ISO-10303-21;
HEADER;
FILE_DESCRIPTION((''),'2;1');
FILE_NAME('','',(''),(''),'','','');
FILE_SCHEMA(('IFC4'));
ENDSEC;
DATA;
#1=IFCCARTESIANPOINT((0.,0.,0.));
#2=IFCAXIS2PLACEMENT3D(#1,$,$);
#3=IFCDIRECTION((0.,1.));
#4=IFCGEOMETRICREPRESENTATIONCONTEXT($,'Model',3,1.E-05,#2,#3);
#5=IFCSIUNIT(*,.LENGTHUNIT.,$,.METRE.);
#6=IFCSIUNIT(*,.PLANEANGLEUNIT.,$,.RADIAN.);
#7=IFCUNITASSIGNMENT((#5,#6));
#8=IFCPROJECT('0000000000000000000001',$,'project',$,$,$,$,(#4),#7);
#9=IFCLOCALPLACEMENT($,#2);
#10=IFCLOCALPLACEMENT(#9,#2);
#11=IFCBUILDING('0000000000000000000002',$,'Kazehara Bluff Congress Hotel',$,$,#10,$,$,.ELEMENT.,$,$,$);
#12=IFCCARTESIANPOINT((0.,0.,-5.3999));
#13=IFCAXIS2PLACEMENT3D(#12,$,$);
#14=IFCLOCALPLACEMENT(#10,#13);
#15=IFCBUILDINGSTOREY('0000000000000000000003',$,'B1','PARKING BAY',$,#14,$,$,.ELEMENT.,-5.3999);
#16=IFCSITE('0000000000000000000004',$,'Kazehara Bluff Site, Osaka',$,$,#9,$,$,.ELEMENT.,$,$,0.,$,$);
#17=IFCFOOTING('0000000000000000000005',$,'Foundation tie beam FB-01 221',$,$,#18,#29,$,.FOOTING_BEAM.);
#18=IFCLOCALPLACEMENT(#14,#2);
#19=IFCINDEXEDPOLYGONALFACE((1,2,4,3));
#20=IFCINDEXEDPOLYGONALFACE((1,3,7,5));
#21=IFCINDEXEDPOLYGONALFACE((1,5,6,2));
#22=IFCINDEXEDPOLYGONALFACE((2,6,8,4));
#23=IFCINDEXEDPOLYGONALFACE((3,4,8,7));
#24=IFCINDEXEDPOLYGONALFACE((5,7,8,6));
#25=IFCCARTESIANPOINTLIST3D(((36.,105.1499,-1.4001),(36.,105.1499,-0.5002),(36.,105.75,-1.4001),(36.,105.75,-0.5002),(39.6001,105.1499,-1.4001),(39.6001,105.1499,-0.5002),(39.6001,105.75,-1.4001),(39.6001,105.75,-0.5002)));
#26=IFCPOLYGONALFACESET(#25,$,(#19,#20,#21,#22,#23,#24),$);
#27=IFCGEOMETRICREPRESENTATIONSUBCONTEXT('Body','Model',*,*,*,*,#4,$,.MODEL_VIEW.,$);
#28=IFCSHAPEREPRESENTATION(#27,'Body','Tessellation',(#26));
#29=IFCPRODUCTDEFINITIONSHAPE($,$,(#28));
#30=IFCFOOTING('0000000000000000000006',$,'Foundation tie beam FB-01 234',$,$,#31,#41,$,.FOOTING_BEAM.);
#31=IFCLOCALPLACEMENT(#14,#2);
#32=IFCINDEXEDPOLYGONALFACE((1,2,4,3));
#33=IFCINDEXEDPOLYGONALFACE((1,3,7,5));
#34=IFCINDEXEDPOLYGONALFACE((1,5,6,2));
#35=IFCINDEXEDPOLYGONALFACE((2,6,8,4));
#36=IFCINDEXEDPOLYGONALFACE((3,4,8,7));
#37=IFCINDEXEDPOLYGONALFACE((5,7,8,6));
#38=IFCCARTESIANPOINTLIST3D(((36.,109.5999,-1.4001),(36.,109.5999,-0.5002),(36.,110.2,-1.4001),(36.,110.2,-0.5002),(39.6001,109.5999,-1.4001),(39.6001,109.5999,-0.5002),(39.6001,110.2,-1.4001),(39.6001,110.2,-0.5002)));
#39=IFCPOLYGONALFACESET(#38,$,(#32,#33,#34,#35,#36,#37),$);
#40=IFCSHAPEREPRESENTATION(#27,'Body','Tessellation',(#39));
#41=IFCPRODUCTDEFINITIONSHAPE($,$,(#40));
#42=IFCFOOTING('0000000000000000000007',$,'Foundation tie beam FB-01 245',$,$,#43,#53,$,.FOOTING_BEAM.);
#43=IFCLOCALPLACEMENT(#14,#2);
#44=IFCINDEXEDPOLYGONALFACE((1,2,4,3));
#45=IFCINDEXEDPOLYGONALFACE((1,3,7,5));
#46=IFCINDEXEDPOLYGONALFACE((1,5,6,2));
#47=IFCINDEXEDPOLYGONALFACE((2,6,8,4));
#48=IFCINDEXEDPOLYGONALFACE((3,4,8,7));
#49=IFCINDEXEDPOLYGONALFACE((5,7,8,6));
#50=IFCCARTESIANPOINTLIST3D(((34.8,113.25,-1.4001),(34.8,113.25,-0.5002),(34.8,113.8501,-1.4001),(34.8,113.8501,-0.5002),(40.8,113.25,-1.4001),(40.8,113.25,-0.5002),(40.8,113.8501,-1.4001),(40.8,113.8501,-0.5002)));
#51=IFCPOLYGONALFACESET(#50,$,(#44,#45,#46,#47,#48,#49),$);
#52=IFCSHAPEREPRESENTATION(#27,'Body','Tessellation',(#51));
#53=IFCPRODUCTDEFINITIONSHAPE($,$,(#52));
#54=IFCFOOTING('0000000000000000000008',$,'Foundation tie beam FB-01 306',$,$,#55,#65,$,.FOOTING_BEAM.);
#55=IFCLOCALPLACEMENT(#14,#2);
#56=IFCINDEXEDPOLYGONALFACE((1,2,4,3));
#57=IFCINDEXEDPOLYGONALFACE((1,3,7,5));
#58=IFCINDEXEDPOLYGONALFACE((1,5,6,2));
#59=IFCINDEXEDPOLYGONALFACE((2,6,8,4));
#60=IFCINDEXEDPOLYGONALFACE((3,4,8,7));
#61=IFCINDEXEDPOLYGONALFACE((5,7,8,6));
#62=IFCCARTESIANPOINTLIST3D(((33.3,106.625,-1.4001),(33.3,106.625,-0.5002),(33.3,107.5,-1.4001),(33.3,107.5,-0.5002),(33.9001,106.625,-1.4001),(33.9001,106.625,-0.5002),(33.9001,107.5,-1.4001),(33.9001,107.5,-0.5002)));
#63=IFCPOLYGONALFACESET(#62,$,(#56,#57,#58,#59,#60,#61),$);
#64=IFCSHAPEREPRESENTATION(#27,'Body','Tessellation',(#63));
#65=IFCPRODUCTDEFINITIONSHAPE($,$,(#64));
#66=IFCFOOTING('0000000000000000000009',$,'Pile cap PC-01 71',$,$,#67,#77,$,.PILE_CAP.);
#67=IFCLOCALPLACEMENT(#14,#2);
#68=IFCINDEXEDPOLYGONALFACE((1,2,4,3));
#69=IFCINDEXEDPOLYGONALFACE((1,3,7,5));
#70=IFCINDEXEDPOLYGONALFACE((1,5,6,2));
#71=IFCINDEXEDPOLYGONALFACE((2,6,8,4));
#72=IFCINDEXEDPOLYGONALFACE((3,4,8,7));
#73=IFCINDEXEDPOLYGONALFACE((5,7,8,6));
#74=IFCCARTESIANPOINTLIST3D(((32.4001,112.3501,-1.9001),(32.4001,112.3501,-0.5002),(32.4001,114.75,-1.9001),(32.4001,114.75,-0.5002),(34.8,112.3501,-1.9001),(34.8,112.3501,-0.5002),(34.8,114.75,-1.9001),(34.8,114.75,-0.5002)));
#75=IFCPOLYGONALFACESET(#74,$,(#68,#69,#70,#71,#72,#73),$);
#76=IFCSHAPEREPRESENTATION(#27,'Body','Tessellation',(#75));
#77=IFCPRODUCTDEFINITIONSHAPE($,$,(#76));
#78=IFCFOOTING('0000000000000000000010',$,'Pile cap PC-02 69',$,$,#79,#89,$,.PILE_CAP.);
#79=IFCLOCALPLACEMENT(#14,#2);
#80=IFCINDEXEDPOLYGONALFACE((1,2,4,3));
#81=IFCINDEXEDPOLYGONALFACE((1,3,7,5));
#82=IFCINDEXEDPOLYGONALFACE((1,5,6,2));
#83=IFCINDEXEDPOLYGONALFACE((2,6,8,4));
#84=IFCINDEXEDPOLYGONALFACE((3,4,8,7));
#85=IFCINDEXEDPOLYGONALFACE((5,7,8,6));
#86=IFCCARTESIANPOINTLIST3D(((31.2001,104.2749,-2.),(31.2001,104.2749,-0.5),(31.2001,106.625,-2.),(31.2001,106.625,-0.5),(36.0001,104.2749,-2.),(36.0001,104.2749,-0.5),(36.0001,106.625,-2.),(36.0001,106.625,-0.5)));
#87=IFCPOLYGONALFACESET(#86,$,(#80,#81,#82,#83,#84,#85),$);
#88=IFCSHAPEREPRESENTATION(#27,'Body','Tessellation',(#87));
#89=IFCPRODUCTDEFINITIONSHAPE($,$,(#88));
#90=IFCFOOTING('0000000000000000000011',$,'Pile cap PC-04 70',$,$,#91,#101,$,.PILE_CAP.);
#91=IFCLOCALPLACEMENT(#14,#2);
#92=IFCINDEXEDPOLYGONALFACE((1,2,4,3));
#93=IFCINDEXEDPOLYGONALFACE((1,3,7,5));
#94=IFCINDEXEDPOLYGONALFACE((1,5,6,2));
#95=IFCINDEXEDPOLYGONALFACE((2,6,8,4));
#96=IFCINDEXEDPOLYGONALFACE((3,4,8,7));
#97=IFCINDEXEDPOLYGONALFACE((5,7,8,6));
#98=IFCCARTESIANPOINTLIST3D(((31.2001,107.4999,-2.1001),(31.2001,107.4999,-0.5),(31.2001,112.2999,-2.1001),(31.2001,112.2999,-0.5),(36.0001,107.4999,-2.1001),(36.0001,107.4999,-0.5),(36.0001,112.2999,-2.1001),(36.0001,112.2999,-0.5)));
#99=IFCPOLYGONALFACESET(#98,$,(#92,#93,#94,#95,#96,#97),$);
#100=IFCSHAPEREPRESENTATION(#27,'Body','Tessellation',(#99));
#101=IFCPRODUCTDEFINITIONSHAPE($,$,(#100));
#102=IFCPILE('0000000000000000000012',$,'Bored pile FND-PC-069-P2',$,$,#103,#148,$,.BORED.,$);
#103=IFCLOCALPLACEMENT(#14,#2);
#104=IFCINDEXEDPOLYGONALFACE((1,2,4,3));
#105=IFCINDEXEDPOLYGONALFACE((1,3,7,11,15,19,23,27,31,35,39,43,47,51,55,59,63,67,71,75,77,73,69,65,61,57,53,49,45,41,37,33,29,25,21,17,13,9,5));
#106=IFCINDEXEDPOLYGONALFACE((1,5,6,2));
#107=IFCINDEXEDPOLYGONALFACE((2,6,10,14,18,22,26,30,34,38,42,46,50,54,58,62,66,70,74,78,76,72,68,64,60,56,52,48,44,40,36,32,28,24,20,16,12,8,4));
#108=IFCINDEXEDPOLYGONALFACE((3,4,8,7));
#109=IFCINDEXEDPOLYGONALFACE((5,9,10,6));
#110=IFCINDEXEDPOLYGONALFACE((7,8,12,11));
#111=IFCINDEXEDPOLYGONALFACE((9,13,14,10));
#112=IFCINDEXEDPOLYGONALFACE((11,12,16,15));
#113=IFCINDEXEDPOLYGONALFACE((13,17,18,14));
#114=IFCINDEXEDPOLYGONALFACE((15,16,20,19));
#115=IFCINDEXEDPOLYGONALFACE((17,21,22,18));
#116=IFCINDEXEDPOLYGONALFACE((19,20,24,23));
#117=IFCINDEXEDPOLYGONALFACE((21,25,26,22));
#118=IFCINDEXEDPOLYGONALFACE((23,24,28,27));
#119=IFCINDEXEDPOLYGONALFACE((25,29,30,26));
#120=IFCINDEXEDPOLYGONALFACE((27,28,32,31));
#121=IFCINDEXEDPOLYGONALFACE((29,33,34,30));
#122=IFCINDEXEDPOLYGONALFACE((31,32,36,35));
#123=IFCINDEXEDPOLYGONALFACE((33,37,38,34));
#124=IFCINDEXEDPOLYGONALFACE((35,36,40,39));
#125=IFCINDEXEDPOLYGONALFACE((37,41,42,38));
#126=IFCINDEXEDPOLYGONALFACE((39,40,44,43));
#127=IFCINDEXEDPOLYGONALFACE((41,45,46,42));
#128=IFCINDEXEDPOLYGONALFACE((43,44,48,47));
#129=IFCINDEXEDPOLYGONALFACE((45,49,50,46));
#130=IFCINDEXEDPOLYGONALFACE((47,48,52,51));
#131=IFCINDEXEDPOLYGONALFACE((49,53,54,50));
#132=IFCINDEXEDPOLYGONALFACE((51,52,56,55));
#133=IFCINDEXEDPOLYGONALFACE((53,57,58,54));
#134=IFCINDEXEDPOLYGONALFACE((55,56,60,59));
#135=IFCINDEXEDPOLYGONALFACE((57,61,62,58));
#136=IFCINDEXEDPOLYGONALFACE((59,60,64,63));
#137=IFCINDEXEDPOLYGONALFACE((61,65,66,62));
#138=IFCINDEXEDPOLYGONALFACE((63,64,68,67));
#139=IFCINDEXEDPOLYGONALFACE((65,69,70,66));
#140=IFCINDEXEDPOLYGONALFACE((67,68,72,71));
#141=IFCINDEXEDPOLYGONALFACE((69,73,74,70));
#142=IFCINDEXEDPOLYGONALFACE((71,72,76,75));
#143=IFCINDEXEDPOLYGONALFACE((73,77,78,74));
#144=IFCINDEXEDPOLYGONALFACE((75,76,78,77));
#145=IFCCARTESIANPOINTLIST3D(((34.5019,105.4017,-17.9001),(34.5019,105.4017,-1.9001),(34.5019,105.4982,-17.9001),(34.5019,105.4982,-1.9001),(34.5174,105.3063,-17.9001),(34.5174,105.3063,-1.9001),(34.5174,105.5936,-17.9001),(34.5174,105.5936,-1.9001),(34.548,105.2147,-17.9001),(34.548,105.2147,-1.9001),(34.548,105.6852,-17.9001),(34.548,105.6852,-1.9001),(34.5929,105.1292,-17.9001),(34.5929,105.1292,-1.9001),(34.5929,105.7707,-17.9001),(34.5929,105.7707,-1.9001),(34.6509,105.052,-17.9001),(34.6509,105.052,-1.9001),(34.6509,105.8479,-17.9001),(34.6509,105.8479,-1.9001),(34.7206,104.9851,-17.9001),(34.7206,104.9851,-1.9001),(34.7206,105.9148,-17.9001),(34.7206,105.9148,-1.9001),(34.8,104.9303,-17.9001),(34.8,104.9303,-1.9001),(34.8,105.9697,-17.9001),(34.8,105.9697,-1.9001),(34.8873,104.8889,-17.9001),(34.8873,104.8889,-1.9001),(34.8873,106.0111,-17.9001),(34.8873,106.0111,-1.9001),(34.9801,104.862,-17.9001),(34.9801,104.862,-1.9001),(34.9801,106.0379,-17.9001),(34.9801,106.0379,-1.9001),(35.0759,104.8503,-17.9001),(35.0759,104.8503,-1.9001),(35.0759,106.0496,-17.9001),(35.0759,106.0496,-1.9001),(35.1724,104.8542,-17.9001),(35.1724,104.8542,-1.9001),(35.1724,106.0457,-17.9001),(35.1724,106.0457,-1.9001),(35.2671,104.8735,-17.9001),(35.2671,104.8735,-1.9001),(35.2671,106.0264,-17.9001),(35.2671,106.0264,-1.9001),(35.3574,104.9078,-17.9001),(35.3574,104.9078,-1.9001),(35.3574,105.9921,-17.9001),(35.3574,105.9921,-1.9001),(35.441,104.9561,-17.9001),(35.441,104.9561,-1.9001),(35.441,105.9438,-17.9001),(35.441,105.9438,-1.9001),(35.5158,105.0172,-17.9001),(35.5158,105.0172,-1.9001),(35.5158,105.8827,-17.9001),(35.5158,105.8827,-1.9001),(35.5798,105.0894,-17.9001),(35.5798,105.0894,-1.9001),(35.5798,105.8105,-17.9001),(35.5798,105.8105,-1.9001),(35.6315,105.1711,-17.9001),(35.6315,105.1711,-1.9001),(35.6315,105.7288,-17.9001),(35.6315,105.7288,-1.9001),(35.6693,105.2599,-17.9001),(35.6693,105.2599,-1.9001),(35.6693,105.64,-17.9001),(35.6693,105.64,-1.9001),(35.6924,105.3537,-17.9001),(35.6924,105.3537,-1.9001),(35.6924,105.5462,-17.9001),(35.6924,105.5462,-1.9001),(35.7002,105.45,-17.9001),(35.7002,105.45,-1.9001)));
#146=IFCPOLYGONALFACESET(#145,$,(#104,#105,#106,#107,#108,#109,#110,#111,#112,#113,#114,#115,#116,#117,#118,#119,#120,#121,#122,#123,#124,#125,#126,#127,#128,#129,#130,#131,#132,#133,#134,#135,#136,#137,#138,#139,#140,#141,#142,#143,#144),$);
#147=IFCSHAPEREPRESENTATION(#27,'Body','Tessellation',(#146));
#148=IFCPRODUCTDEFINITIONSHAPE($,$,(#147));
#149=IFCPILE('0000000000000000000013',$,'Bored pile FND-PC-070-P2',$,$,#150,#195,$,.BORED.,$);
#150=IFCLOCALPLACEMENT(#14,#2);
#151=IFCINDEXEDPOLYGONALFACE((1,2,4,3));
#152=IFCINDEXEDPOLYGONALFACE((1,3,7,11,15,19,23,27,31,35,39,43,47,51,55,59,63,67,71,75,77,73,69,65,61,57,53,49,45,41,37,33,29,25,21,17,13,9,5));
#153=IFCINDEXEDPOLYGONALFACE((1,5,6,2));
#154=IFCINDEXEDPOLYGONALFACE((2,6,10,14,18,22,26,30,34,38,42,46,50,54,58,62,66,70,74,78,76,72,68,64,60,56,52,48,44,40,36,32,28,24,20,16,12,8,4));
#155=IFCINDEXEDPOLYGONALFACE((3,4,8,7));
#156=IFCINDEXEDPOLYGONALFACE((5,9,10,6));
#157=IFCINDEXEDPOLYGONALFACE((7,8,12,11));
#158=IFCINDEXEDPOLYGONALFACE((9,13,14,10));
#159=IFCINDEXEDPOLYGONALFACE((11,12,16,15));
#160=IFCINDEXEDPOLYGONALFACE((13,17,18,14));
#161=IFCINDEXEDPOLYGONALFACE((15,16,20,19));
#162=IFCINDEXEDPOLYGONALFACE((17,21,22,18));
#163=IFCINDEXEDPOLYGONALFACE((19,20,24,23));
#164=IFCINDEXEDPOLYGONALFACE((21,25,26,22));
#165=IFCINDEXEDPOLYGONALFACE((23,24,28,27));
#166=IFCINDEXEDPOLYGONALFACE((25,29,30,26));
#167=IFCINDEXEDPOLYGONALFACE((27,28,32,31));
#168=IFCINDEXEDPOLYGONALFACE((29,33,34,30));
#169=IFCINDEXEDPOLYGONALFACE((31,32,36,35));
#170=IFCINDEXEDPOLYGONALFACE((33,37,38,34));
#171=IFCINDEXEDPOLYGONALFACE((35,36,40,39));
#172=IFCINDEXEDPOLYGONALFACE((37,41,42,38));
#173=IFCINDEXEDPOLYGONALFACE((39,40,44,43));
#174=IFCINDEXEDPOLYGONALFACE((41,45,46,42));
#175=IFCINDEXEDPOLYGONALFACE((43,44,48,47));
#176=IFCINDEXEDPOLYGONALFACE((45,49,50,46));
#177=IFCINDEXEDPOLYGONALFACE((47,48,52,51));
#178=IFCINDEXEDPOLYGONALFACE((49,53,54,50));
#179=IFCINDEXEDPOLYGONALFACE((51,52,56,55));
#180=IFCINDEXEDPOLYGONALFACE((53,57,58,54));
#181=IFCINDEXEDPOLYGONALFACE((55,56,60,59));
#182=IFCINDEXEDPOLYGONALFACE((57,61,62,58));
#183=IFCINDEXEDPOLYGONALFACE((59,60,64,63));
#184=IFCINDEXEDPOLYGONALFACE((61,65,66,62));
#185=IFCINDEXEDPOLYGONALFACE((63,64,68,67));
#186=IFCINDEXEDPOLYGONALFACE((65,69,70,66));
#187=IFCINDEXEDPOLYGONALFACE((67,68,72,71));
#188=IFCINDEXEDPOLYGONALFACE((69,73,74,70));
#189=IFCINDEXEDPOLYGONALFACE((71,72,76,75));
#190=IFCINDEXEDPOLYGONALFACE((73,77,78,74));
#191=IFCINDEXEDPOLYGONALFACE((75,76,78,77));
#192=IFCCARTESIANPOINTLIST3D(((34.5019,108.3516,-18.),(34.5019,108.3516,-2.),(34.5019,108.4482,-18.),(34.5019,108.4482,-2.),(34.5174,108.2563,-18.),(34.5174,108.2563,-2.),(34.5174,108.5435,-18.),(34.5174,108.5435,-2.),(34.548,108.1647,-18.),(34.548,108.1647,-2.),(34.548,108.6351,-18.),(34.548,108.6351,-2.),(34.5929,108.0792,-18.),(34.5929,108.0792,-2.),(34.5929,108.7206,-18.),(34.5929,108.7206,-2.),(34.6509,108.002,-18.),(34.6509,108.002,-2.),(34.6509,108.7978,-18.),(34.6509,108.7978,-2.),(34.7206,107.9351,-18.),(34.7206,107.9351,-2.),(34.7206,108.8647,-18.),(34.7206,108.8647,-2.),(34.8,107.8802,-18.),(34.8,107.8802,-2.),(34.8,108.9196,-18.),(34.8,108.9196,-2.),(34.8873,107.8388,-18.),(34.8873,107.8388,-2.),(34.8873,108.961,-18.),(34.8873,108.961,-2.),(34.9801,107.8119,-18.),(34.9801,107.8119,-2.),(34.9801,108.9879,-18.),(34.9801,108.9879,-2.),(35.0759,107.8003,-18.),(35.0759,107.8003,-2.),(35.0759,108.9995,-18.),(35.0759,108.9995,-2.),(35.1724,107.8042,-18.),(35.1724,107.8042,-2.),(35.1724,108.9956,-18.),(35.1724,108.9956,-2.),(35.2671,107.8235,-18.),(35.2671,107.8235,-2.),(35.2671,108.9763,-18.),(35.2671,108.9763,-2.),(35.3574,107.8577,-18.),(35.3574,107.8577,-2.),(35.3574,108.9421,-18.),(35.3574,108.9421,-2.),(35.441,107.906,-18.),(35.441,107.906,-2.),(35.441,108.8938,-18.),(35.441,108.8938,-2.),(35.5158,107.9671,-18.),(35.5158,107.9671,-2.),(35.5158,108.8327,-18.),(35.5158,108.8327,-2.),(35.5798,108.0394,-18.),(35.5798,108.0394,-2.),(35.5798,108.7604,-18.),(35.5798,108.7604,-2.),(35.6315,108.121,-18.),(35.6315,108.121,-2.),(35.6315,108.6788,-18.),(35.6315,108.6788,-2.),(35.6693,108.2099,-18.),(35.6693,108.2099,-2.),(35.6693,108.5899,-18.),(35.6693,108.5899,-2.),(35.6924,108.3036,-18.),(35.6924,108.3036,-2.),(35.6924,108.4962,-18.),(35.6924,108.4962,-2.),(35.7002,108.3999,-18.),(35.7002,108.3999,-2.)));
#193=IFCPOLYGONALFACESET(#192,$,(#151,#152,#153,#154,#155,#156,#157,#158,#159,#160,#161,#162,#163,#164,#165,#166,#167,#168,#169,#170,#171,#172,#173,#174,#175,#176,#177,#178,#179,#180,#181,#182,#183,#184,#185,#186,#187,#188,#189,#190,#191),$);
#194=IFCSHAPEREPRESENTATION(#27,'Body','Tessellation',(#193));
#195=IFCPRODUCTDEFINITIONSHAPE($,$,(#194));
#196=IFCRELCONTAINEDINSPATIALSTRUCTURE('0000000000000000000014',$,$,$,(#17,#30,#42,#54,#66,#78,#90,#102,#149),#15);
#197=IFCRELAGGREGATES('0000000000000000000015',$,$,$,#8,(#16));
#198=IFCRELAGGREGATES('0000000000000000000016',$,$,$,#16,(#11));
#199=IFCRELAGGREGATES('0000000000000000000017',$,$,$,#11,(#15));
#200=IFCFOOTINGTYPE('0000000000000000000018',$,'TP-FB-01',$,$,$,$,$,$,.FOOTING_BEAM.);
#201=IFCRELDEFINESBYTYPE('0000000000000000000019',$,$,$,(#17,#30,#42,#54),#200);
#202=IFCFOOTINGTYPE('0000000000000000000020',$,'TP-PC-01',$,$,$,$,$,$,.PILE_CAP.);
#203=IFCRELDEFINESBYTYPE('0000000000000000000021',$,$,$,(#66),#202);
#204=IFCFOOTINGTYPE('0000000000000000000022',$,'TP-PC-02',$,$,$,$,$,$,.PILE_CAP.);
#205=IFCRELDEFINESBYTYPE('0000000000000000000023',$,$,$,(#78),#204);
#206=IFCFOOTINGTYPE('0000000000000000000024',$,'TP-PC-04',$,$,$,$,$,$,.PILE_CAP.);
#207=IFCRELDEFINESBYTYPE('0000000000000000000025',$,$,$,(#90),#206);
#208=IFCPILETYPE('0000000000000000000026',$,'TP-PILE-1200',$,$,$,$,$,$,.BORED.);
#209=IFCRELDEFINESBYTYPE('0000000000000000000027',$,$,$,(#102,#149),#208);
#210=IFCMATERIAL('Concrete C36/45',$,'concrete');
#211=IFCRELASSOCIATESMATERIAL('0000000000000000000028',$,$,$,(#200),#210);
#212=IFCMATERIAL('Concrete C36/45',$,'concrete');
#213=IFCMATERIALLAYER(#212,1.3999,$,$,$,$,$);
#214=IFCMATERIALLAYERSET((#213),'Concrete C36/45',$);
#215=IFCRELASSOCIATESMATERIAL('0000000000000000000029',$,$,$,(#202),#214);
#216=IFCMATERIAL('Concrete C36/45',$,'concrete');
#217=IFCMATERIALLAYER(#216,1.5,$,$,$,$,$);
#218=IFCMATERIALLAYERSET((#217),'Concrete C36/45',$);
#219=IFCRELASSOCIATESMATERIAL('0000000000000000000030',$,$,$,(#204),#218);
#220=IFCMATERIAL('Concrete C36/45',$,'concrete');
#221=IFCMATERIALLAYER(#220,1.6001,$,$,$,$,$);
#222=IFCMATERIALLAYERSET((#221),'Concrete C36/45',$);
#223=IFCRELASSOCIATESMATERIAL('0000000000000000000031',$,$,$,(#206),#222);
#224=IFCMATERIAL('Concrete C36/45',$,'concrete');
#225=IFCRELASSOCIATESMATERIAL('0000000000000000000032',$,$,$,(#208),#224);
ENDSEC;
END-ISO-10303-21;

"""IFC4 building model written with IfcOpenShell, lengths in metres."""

from ifc_helpers import new_model, si_unit, direction, frame, origin, origin_2d, place, context, subcontext, project, spatial, rectangle, circle, extrude, material, layer, layer_set, material_profile, profile_set, type_object, element, save


model = new_model("IFC4")

# Units and contexts
model_context = context("Model", 3, precision=1e-05, world=origin(), true_north=direction((0.0, 1.0)))
body_context = subcontext(model_context, "Body", "Model", "MODEL_VIEW")
ifc_project = project(units=[si_unit("LENGTHUNIT", "METRE"), si_unit("PLANEANGLEUNIT", "RADIAN")], contexts=[model_context])

# Site, building, storey
site_placement = place(None, origin())
site = spatial("IfcSite", under=ifc_project, at=site_placement, Name="Kazehara Bluff Site, Osaka", CompositionType="ELEMENT", RefElevation=0.0)
building_placement = place(site_placement, origin())
building = spatial("IfcBuilding", under=site, at=building_placement, Name="Kazehara Bluff Congress Hotel", CompositionType="ELEMENT")
storey_placement = place(building_placement, frame((0.0, 0.0, -5.3999)))
storey = spatial("IfcBuildingStorey", under=building, at=storey_placement, Name="B1", Description="PARKING BAY", CompositionType="ELEMENT", Elevation=-5.3999)

# Footings
ifc_material_1 = material(Name="Concrete C36/45", Category="concrete")
ifc_material_profile_1 = material_profile(ifc_material_1, rectangle(XDim=0.6001, YDim=0.8999, at=origin_2d()))
ifc_profile_set_1 = profile_set([ifc_material_profile_1], Name="Concrete C36/45")
footing_type_1 = type_object("IfcFootingType", Name="TP-FB-01", PredefinedType="FOOTING_BEAM", material=ifc_profile_set_1)
for number, where, z_axis, x_axis, name in (
    (1, (36.0, 105.45, -0.9502), (1.0, 0.0, 0.0), (0.0, 1.0, 0.0), "Foundation tie beam FB-01 221"),
    (2, (36.0, 109.8999, -0.9502), (1.0, 0.0, 0.0), (0.0, 1.0, 0.0), "Foundation tie beam FB-01 234"),
):
    element("IfcFooting", number, at=place(storey_placement, frame(where, z_axis=z_axis, x_axis=x_axis)), inside=storey, type_object=footing_type_1, Name=name, PredefinedType="FOOTING_BEAM", context=body_context, shape_type="SweptSolid", body=[
        extrude(rectangle(XDim=0.6001, YDim=0.8999, at=origin_2d()), origin(), (0.0, 0.0, 1.0), 3.6001),
    ])
footing_1_placement = place(storey_placement, frame((34.8, 113.55, -0.9502), z_axis=(1.0, 0.0, 0.0), x_axis=(0.0, 1.0, 0.0)))
element("IfcFooting", 3, at=footing_1_placement, inside=storey, type_object=footing_type_1, Name="Foundation tie beam FB-01 245", PredefinedType="FOOTING_BEAM", context=body_context, shape_type="SweptSolid", body=[
    extrude(rectangle(XDim=0.6001, YDim=0.8999, at=origin_2d()), origin(), (0.0, 0.0, 1.0), 6.0),
])
footing_2_placement = place(storey_placement, frame((33.6001, 106.625, -0.9502), z_axis=(0.0, 1.0, 0.0), x_axis=(-1.0, 0.0, 0.0)))
element("IfcFooting", 4, at=footing_2_placement, inside=storey, type_object=footing_type_1, Name="Foundation tie beam FB-01 306", PredefinedType="FOOTING_BEAM", context=body_context, shape_type="SweptSolid", body=[
    extrude(rectangle(XDim=0.6001, YDim=0.8999, at=origin_2d()), origin(), (0.0, 0.0, 1.0), 0.875),
])
ifc_material_2 = material(Name="Concrete C36/45", Category="concrete")
ifc_layer_1 = layer(ifc_material_2, 1.3999)
ifc_layer_set_1 = layer_set([ifc_layer_1], Name="Concrete C36/45")
footing_type_2 = type_object("IfcFootingType", Name="TP-PC-01", PredefinedType="PILE_CAP", material=ifc_layer_set_1)
footing_3_placement = place(storey_placement, frame((33.6001, 113.55, -1.9001), z_axis=(0.0, 0.0, 1.0), x_axis=(1.0, 0.0, 0.0)))
element("IfcFooting", 5, at=footing_3_placement, inside=storey, type_object=footing_type_2, Name="Pile cap PC-01 71", PredefinedType="PILE_CAP", context=body_context, shape_type="SweptSolid", body=[
    extrude(rectangle(XDim=2.3999, YDim=2.3999, at=origin_2d()), origin(), (0.0, 0.0, 1.0), 1.3999),
])
ifc_material_3 = material(Name="Concrete C36/45", Category="concrete")
ifc_layer_2 = layer(ifc_material_3, 1.5)
ifc_layer_set_2 = layer_set([ifc_layer_2], Name="Concrete C36/45")
footing_type_3 = type_object("IfcFootingType", Name="TP-PC-02", PredefinedType="PILE_CAP", material=ifc_layer_set_2)
footing_4_placement = place(storey_placement, frame((33.6001, 105.45, -2.0), z_axis=(0.0, 0.0, 1.0), x_axis=(1.0, 0.0, 0.0)))
element("IfcFooting", 6, at=footing_4_placement, inside=storey, type_object=footing_type_3, Name="Pile cap PC-02 69", PredefinedType="PILE_CAP", context=body_context, shape_type="SweptSolid", body=[
    extrude(rectangle(XDim=4.8, YDim=2.3501, at=origin_2d()), origin(), (0.0, 0.0, 1.0), 1.5),
])
ifc_material_4 = material(Name="Concrete C36/45", Category="concrete")
ifc_layer_3 = layer(ifc_material_4, 1.6001)
ifc_layer_set_3 = layer_set([ifc_layer_3], Name="Concrete C36/45")
footing_type_4 = type_object("IfcFootingType", Name="TP-PC-04", PredefinedType="PILE_CAP", material=ifc_layer_set_3)
footing_5_placement = place(storey_placement, frame((33.6001, 109.8999, -2.1001), z_axis=(0.0, 0.0, 1.0), x_axis=(1.0, 0.0, 0.0)))
element("IfcFooting", 7, at=footing_5_placement, inside=storey, type_object=footing_type_4, Name="Pile cap PC-04 70", PredefinedType="PILE_CAP", context=body_context, shape_type="SweptSolid", body=[
    extrude(rectangle(XDim=4.8, YDim=4.8, at=origin_2d()), origin(), (0.0, 0.0, 1.0), 1.6001),
])

# Piles
ifc_material_5 = material(Name="Concrete C36/45", Category="concrete")
ifc_material_profile_2 = material_profile(ifc_material_5, circle(Radius=0.6001, at=origin_2d()))
ifc_profile_set_2 = profile_set([ifc_material_profile_2], Name="Concrete C36/45")
pile_type = type_object("IfcPileType", Name="TP-PILE-1200", PredefinedType="BORED", material=ifc_profile_set_2)
for number, where, z_axis, x_axis, name in (
    (8, (35.1001, 105.45, -1.9001), (0.0, 0.0, -1.0), (1.0, 0.0, 0.0), "Bored pile FND-PC-069-P2"),
    (9, (35.1001, 108.3999, -2.0), (0.0, 0.0, -1.0), (1.0, 0.0, 0.0), "Bored pile FND-PC-070-P2"),
):
    element("IfcPile", number, at=place(storey_placement, frame(where, z_axis=z_axis, x_axis=x_axis)), inside=storey, type_object=pile_type, Name=name, PredefinedType="BORED", context=body_context, shape_type="SweptSolid", body=[
        extrude(circle(Radius=0.6001, at=origin_2d()), origin(), (0.0, 0.0, 1.0), 16.0),
    ])

save(model, "model.ifc")
